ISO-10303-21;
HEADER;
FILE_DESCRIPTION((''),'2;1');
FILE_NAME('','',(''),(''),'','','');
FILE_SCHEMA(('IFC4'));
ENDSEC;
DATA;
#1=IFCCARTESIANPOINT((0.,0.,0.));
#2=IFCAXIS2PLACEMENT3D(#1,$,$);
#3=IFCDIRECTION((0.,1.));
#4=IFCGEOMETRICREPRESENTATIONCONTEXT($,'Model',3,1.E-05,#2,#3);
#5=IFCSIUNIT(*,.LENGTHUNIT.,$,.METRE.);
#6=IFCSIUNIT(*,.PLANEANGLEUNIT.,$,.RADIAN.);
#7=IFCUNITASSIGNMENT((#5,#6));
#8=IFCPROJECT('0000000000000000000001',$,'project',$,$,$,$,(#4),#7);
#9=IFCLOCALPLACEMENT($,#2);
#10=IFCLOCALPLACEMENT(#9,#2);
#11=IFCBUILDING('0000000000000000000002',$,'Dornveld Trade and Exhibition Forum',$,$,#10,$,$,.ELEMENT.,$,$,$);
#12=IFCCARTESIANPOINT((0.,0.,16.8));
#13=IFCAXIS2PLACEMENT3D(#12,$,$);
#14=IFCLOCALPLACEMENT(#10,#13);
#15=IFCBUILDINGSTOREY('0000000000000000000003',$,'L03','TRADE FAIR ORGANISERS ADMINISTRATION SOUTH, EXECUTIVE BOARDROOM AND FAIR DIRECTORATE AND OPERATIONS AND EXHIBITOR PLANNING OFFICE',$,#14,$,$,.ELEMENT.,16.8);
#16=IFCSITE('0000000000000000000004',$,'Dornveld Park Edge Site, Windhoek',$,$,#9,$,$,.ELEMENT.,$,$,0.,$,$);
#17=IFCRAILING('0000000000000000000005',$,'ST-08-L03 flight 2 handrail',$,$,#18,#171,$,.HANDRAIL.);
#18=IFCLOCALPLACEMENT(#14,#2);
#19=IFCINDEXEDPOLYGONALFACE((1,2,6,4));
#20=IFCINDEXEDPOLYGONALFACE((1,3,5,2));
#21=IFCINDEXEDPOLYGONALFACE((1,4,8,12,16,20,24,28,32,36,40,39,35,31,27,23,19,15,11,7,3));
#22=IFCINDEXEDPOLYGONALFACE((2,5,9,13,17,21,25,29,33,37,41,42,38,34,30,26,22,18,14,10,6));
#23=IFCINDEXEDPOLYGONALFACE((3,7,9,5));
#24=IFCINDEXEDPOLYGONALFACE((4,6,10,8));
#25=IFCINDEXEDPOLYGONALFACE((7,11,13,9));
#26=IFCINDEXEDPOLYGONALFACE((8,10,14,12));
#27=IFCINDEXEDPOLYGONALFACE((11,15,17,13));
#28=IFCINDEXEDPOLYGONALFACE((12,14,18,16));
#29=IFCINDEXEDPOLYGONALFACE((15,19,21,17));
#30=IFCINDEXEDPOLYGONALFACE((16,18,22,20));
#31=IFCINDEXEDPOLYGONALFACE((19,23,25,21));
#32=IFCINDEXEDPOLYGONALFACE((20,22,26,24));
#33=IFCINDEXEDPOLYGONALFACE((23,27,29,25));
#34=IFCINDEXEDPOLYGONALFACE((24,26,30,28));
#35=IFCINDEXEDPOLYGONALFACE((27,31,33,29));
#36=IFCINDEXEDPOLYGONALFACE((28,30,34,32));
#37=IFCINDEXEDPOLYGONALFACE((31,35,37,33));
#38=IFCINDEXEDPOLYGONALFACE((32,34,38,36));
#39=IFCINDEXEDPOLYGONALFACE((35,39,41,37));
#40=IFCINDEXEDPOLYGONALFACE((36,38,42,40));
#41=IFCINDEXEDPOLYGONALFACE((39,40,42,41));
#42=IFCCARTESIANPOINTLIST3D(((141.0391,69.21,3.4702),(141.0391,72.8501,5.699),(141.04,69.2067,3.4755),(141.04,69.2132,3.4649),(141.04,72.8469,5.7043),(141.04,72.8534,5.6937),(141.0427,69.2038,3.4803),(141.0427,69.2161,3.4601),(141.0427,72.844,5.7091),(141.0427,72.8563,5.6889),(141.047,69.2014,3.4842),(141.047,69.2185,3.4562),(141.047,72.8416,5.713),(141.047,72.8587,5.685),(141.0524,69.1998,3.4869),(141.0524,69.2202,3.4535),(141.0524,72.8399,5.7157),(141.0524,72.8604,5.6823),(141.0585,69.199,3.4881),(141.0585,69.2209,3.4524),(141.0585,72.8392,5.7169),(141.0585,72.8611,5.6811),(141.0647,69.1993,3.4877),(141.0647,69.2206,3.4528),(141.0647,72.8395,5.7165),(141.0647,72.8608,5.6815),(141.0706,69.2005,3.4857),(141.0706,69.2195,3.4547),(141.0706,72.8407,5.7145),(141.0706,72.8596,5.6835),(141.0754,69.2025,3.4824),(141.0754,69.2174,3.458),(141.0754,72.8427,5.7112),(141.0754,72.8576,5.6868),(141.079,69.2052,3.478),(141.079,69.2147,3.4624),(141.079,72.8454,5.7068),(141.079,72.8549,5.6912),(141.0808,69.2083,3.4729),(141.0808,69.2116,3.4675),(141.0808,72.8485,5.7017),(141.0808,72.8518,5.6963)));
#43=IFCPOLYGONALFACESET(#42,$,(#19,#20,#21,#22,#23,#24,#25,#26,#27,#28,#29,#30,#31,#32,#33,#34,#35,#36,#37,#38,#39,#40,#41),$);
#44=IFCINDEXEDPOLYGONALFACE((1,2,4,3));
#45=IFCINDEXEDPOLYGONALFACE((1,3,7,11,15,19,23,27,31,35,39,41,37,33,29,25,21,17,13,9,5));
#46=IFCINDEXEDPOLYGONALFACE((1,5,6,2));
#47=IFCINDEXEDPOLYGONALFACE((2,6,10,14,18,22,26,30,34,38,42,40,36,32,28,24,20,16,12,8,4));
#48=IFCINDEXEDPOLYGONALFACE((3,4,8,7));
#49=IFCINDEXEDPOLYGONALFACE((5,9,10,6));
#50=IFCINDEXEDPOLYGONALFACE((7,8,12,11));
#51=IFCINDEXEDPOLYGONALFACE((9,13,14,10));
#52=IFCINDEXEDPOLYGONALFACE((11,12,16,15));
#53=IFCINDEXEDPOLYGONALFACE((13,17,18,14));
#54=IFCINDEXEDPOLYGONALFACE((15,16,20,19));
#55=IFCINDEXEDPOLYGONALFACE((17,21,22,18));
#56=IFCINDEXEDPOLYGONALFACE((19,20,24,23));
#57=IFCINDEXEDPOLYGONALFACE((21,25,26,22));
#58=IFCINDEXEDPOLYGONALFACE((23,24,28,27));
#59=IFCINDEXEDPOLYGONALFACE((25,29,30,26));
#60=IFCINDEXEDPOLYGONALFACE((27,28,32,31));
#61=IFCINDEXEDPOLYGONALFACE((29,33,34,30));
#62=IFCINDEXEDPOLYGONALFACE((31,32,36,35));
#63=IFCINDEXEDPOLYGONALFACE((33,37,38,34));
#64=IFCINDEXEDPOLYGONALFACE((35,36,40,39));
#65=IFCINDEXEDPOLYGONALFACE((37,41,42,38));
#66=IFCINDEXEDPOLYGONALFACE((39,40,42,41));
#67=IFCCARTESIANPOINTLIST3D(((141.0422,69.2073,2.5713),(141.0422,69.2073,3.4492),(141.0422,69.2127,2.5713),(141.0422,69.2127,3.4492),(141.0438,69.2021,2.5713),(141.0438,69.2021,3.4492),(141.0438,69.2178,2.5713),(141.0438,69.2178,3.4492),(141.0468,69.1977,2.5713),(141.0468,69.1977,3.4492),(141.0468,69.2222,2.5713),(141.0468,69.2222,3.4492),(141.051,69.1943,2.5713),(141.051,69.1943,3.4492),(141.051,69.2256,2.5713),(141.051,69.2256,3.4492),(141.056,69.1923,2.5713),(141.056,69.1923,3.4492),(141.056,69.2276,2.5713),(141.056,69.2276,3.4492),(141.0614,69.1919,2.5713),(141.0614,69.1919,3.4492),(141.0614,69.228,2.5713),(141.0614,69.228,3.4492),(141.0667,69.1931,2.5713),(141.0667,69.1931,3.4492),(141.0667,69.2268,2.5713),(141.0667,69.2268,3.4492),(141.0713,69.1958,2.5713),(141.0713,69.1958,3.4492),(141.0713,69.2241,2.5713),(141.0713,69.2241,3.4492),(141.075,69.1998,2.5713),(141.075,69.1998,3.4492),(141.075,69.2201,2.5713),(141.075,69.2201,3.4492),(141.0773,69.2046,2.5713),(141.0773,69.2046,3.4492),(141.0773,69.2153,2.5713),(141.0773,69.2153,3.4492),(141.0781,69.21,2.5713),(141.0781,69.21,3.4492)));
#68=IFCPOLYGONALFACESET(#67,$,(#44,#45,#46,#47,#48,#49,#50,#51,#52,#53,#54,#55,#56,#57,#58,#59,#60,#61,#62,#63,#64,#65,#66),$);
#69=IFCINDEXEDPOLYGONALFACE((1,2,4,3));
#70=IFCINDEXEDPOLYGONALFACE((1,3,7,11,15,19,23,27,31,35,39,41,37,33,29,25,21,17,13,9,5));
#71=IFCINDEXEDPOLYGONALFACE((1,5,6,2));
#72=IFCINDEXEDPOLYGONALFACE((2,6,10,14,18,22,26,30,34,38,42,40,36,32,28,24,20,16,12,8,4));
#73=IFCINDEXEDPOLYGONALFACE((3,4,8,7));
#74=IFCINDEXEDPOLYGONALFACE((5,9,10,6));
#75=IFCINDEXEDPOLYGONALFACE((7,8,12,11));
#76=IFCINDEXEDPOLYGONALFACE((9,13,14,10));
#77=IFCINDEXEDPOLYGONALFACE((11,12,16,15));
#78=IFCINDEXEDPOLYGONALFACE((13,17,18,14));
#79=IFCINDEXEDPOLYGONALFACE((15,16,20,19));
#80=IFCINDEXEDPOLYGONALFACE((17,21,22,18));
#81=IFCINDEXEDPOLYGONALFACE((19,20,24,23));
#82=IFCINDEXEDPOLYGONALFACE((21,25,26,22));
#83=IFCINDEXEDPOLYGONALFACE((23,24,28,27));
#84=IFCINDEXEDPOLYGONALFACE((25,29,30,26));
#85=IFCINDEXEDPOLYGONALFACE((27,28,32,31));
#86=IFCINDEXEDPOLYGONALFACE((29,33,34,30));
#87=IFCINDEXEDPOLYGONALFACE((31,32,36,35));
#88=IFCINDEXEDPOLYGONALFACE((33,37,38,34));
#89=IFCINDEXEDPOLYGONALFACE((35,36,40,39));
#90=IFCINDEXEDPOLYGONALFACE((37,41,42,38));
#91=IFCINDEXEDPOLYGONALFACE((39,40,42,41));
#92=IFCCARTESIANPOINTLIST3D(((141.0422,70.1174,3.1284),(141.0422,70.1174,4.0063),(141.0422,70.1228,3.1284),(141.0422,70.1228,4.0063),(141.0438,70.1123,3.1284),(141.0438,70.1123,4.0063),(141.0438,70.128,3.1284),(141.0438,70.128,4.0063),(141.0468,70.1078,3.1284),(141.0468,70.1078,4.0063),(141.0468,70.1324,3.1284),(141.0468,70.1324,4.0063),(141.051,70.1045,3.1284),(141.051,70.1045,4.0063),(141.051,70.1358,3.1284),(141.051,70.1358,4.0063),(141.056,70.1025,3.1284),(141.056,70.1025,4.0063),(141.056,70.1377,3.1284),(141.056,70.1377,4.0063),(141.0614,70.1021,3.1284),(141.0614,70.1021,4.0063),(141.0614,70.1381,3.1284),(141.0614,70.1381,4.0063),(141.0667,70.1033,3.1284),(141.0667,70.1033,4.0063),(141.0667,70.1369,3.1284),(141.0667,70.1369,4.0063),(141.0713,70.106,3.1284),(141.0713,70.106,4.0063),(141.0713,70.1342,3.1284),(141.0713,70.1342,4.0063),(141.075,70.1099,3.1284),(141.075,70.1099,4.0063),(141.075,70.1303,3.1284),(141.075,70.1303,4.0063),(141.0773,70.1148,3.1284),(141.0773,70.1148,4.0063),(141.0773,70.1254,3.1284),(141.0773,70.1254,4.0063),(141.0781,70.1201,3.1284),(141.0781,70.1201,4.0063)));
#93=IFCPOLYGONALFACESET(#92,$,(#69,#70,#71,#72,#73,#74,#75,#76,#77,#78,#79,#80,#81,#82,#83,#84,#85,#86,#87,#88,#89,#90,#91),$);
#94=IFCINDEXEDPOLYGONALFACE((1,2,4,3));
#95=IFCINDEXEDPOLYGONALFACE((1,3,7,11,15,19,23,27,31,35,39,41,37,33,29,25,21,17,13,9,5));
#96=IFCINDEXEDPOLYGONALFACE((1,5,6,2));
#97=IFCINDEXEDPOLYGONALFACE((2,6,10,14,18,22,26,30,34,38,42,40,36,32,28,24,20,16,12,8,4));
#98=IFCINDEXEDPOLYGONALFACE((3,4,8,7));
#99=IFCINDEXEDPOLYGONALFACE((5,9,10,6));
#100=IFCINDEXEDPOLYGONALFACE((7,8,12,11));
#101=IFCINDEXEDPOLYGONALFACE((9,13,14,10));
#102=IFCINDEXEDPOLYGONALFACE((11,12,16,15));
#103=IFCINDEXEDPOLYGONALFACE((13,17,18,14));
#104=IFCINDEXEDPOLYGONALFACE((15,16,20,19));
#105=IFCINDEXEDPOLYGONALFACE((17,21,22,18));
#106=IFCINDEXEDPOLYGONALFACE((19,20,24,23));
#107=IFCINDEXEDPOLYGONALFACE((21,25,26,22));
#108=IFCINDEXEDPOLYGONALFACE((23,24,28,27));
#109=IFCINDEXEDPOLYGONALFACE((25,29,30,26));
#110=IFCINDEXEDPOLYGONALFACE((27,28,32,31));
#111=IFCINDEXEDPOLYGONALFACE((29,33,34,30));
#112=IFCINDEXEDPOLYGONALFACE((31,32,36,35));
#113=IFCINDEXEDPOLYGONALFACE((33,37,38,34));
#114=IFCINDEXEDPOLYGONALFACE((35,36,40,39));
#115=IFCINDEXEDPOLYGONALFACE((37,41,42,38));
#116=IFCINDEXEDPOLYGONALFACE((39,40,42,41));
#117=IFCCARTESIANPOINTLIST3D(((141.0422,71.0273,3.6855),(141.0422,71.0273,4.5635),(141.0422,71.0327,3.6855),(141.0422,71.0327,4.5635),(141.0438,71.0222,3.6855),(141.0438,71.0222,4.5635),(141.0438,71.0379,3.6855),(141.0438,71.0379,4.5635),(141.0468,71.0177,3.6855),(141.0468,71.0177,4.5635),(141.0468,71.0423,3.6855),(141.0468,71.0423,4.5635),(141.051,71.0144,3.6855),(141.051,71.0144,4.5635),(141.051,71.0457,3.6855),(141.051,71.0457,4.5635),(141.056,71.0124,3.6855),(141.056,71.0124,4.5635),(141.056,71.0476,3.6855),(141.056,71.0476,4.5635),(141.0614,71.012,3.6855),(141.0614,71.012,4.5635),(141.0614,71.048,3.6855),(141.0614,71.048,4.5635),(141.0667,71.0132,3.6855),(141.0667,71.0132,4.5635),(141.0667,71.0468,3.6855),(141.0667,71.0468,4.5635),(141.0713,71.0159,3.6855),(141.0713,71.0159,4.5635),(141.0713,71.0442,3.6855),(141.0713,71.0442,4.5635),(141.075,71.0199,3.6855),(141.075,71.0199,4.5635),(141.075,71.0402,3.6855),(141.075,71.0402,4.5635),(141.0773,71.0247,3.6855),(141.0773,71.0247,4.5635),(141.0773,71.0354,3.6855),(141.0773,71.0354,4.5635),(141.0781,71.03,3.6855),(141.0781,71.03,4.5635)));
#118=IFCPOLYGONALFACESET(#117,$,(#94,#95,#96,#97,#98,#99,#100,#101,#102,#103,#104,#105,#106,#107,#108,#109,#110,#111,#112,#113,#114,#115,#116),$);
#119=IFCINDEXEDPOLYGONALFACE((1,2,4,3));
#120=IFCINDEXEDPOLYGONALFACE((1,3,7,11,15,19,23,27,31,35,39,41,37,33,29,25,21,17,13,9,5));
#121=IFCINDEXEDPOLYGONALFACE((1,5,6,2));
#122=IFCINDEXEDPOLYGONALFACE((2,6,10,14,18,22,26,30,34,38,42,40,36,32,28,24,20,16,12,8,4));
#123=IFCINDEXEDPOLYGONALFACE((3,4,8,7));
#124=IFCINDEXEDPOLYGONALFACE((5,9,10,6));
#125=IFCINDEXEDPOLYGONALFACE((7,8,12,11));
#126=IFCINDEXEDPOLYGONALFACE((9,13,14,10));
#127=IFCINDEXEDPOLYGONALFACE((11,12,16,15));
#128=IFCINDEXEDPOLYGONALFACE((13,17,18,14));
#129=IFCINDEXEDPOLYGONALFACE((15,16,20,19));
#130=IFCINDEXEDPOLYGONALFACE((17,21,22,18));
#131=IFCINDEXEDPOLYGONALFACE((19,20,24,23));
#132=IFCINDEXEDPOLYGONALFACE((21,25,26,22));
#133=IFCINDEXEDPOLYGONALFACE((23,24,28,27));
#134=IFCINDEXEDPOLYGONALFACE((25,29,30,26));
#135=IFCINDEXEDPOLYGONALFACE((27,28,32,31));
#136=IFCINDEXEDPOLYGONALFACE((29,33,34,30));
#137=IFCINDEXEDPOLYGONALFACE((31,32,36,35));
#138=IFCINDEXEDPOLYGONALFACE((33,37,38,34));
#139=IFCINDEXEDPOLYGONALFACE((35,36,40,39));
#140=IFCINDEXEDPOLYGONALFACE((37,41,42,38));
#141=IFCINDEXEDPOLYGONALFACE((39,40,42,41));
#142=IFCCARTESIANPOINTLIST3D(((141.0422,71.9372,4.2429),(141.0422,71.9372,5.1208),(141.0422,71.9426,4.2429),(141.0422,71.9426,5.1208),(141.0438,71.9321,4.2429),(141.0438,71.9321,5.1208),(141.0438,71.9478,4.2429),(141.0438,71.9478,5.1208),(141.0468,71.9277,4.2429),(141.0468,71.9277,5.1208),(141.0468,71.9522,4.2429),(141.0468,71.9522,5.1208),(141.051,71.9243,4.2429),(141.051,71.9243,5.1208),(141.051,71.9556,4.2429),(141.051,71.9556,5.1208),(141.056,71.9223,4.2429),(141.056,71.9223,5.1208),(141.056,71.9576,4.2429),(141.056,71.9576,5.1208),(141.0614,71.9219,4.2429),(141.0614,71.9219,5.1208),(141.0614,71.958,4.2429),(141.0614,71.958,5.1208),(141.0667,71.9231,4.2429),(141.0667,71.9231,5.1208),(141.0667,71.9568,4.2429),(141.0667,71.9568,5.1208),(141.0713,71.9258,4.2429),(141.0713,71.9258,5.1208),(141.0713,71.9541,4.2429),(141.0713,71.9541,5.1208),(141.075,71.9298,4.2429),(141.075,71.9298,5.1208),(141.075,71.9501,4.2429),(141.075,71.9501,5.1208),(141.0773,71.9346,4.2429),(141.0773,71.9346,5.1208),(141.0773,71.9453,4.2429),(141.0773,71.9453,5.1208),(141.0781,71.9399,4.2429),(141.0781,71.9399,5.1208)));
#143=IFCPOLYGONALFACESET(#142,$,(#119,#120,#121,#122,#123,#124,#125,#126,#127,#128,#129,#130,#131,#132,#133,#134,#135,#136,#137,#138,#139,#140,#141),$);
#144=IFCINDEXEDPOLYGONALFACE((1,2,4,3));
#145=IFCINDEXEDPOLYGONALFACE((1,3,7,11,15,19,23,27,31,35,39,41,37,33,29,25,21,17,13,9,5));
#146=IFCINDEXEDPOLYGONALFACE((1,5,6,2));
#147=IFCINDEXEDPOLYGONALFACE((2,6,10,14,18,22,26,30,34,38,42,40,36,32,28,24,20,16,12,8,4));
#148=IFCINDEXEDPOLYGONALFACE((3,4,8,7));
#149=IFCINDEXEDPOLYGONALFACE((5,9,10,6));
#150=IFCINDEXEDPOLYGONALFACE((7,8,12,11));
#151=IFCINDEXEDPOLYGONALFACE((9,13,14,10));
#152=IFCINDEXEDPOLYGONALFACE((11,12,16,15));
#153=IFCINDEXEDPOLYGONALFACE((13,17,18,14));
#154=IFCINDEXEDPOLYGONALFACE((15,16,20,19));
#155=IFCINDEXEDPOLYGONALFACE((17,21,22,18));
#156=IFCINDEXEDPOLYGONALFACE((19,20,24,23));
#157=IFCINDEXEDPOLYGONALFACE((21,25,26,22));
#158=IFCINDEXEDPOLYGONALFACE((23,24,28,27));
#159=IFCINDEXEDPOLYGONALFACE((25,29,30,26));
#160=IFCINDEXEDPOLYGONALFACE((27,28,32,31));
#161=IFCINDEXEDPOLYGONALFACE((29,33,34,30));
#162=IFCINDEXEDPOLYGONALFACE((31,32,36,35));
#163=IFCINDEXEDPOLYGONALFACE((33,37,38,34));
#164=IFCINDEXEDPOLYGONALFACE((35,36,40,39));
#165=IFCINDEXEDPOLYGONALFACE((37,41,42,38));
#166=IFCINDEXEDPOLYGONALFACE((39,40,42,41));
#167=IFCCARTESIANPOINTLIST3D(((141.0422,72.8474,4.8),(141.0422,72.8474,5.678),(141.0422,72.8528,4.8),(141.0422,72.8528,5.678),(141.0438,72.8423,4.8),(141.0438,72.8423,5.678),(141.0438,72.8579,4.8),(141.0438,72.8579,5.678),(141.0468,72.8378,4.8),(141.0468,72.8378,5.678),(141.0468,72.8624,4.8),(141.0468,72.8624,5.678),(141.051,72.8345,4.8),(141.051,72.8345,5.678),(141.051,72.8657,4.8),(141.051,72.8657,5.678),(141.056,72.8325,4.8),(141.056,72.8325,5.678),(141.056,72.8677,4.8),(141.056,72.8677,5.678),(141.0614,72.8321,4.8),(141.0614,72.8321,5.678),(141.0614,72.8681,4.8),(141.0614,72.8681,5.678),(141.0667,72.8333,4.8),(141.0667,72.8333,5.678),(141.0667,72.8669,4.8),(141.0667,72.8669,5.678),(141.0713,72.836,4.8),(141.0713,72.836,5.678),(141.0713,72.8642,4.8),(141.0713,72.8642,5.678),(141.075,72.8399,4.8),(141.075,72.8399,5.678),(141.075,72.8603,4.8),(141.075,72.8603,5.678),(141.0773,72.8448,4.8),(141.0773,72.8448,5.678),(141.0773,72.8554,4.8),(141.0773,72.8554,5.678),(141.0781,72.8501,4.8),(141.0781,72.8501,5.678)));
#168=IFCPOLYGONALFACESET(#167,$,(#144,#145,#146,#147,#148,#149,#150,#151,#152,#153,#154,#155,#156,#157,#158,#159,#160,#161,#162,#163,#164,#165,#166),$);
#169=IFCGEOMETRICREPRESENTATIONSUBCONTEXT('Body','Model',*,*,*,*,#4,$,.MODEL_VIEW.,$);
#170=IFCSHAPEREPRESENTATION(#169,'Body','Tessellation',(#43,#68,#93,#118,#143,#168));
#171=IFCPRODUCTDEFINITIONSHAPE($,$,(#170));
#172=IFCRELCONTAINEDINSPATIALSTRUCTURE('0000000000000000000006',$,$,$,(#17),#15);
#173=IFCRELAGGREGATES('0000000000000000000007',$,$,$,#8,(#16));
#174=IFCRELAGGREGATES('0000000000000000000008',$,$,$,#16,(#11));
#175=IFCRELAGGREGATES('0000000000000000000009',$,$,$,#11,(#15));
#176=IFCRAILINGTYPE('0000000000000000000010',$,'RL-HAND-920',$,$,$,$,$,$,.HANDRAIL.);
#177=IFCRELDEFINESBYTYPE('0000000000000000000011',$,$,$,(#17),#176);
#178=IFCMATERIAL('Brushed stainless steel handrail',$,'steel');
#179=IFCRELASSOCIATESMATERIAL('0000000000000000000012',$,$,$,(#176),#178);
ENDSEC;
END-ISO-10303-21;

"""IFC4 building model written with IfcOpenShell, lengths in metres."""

from ifc_helpers import new_model, si_unit, direction, frame, origin, origin_2d, place, context, subcontext, project, spatial, circle, extrude, material, type_object, element, save


model = new_model("IFC4")

# Units and contexts
model_context = context("Model", 3, precision=1e-05, world=origin(), true_north=direction((0.0, 1.0)))
body_context = subcontext(model_context, "Body", "Model", "MODEL_VIEW")
ifc_project = project(units=[si_unit("LENGTHUNIT", "METRE"), si_unit("PLANEANGLEUNIT", "RADIAN")], contexts=[model_context])

# Site, building, storey
site_placement = place(None, origin())
site = spatial("IfcSite", under=ifc_project, at=site_placement, Name="Dornveld Park Edge Site, Windhoek", CompositionType="ELEMENT", RefElevation=0.0)
building_placement = place(site_placement, origin())
building = spatial("IfcBuilding", under=site, at=building_placement, Name="Dornveld Trade and Exhibition Forum", CompositionType="ELEMENT")
storey_placement = place(building_placement, frame((0.0, 0.0, 16.8)))
storey = spatial("IfcBuildingStorey", under=building, at=storey_placement, Name="L03", Description="TRADE FAIR ORGANISERS ADMINISTRATION SOUTH, EXECUTIVE BOARDROOM AND FAIR DIRECTORATE AND OPERATIONS AND EXHIBITOR PLANNING OFFICE", CompositionType="ELEMENT", Elevation=16.8)

# Railing
ifc_material_1 = material(Name="Brushed stainless steel handrail", Category="steel")
railing_type_1 = type_object("IfcRailingType", Name="RL-HAND-920", PredefinedType="HANDRAIL", material=ifc_material_1)
railing_1_placement = place(storey_placement, frame((141.0601, 69.21, 2.5713)))
element("IfcRailing", 1, at=railing_1_placement, inside=storey, type_object=railing_type_1, Name="ST-08-L03 flight 2 handrail", PredefinedType="HANDRAIL", context=body_context, shape_type="SweptSolid", body=[
    extrude(circle(Radius=0.021, at=origin_2d()), frame((0.0, 0.0, 0.8989), z_axis=(0.0, 0.85284, 0.522172), x_axis=(-1.0, 0.0, 0.0)), (0.0, 0.0, 1.0), 4.2683),
    extrude(circle(Radius=0.0181, at=origin_2d()), origin(), (0.0, 0.0, 1.0), 0.8779),
    extrude(circle(Radius=0.0181, at=origin_2d()), frame((0.0, 0.9102, 0.5571)), (0.0, 0.0, 1.0), 0.8779),
    extrude(circle(Radius=0.0181, at=origin_2d()), frame((0.0, 1.8201, 1.1143)), (0.0, 0.0, 1.0), 0.8779),
    extrude(circle(Radius=0.0181, at=origin_2d()), frame((0.0, 2.73, 1.6716)), (0.0, 0.0, 1.0), 0.8779),
    extrude(circle(Radius=0.0181, at=origin_2d()), frame((0.0, 3.6401, 2.2288)), (0.0, 0.0, 1.0), 0.8779),
])

save(model, "model.ifc")
